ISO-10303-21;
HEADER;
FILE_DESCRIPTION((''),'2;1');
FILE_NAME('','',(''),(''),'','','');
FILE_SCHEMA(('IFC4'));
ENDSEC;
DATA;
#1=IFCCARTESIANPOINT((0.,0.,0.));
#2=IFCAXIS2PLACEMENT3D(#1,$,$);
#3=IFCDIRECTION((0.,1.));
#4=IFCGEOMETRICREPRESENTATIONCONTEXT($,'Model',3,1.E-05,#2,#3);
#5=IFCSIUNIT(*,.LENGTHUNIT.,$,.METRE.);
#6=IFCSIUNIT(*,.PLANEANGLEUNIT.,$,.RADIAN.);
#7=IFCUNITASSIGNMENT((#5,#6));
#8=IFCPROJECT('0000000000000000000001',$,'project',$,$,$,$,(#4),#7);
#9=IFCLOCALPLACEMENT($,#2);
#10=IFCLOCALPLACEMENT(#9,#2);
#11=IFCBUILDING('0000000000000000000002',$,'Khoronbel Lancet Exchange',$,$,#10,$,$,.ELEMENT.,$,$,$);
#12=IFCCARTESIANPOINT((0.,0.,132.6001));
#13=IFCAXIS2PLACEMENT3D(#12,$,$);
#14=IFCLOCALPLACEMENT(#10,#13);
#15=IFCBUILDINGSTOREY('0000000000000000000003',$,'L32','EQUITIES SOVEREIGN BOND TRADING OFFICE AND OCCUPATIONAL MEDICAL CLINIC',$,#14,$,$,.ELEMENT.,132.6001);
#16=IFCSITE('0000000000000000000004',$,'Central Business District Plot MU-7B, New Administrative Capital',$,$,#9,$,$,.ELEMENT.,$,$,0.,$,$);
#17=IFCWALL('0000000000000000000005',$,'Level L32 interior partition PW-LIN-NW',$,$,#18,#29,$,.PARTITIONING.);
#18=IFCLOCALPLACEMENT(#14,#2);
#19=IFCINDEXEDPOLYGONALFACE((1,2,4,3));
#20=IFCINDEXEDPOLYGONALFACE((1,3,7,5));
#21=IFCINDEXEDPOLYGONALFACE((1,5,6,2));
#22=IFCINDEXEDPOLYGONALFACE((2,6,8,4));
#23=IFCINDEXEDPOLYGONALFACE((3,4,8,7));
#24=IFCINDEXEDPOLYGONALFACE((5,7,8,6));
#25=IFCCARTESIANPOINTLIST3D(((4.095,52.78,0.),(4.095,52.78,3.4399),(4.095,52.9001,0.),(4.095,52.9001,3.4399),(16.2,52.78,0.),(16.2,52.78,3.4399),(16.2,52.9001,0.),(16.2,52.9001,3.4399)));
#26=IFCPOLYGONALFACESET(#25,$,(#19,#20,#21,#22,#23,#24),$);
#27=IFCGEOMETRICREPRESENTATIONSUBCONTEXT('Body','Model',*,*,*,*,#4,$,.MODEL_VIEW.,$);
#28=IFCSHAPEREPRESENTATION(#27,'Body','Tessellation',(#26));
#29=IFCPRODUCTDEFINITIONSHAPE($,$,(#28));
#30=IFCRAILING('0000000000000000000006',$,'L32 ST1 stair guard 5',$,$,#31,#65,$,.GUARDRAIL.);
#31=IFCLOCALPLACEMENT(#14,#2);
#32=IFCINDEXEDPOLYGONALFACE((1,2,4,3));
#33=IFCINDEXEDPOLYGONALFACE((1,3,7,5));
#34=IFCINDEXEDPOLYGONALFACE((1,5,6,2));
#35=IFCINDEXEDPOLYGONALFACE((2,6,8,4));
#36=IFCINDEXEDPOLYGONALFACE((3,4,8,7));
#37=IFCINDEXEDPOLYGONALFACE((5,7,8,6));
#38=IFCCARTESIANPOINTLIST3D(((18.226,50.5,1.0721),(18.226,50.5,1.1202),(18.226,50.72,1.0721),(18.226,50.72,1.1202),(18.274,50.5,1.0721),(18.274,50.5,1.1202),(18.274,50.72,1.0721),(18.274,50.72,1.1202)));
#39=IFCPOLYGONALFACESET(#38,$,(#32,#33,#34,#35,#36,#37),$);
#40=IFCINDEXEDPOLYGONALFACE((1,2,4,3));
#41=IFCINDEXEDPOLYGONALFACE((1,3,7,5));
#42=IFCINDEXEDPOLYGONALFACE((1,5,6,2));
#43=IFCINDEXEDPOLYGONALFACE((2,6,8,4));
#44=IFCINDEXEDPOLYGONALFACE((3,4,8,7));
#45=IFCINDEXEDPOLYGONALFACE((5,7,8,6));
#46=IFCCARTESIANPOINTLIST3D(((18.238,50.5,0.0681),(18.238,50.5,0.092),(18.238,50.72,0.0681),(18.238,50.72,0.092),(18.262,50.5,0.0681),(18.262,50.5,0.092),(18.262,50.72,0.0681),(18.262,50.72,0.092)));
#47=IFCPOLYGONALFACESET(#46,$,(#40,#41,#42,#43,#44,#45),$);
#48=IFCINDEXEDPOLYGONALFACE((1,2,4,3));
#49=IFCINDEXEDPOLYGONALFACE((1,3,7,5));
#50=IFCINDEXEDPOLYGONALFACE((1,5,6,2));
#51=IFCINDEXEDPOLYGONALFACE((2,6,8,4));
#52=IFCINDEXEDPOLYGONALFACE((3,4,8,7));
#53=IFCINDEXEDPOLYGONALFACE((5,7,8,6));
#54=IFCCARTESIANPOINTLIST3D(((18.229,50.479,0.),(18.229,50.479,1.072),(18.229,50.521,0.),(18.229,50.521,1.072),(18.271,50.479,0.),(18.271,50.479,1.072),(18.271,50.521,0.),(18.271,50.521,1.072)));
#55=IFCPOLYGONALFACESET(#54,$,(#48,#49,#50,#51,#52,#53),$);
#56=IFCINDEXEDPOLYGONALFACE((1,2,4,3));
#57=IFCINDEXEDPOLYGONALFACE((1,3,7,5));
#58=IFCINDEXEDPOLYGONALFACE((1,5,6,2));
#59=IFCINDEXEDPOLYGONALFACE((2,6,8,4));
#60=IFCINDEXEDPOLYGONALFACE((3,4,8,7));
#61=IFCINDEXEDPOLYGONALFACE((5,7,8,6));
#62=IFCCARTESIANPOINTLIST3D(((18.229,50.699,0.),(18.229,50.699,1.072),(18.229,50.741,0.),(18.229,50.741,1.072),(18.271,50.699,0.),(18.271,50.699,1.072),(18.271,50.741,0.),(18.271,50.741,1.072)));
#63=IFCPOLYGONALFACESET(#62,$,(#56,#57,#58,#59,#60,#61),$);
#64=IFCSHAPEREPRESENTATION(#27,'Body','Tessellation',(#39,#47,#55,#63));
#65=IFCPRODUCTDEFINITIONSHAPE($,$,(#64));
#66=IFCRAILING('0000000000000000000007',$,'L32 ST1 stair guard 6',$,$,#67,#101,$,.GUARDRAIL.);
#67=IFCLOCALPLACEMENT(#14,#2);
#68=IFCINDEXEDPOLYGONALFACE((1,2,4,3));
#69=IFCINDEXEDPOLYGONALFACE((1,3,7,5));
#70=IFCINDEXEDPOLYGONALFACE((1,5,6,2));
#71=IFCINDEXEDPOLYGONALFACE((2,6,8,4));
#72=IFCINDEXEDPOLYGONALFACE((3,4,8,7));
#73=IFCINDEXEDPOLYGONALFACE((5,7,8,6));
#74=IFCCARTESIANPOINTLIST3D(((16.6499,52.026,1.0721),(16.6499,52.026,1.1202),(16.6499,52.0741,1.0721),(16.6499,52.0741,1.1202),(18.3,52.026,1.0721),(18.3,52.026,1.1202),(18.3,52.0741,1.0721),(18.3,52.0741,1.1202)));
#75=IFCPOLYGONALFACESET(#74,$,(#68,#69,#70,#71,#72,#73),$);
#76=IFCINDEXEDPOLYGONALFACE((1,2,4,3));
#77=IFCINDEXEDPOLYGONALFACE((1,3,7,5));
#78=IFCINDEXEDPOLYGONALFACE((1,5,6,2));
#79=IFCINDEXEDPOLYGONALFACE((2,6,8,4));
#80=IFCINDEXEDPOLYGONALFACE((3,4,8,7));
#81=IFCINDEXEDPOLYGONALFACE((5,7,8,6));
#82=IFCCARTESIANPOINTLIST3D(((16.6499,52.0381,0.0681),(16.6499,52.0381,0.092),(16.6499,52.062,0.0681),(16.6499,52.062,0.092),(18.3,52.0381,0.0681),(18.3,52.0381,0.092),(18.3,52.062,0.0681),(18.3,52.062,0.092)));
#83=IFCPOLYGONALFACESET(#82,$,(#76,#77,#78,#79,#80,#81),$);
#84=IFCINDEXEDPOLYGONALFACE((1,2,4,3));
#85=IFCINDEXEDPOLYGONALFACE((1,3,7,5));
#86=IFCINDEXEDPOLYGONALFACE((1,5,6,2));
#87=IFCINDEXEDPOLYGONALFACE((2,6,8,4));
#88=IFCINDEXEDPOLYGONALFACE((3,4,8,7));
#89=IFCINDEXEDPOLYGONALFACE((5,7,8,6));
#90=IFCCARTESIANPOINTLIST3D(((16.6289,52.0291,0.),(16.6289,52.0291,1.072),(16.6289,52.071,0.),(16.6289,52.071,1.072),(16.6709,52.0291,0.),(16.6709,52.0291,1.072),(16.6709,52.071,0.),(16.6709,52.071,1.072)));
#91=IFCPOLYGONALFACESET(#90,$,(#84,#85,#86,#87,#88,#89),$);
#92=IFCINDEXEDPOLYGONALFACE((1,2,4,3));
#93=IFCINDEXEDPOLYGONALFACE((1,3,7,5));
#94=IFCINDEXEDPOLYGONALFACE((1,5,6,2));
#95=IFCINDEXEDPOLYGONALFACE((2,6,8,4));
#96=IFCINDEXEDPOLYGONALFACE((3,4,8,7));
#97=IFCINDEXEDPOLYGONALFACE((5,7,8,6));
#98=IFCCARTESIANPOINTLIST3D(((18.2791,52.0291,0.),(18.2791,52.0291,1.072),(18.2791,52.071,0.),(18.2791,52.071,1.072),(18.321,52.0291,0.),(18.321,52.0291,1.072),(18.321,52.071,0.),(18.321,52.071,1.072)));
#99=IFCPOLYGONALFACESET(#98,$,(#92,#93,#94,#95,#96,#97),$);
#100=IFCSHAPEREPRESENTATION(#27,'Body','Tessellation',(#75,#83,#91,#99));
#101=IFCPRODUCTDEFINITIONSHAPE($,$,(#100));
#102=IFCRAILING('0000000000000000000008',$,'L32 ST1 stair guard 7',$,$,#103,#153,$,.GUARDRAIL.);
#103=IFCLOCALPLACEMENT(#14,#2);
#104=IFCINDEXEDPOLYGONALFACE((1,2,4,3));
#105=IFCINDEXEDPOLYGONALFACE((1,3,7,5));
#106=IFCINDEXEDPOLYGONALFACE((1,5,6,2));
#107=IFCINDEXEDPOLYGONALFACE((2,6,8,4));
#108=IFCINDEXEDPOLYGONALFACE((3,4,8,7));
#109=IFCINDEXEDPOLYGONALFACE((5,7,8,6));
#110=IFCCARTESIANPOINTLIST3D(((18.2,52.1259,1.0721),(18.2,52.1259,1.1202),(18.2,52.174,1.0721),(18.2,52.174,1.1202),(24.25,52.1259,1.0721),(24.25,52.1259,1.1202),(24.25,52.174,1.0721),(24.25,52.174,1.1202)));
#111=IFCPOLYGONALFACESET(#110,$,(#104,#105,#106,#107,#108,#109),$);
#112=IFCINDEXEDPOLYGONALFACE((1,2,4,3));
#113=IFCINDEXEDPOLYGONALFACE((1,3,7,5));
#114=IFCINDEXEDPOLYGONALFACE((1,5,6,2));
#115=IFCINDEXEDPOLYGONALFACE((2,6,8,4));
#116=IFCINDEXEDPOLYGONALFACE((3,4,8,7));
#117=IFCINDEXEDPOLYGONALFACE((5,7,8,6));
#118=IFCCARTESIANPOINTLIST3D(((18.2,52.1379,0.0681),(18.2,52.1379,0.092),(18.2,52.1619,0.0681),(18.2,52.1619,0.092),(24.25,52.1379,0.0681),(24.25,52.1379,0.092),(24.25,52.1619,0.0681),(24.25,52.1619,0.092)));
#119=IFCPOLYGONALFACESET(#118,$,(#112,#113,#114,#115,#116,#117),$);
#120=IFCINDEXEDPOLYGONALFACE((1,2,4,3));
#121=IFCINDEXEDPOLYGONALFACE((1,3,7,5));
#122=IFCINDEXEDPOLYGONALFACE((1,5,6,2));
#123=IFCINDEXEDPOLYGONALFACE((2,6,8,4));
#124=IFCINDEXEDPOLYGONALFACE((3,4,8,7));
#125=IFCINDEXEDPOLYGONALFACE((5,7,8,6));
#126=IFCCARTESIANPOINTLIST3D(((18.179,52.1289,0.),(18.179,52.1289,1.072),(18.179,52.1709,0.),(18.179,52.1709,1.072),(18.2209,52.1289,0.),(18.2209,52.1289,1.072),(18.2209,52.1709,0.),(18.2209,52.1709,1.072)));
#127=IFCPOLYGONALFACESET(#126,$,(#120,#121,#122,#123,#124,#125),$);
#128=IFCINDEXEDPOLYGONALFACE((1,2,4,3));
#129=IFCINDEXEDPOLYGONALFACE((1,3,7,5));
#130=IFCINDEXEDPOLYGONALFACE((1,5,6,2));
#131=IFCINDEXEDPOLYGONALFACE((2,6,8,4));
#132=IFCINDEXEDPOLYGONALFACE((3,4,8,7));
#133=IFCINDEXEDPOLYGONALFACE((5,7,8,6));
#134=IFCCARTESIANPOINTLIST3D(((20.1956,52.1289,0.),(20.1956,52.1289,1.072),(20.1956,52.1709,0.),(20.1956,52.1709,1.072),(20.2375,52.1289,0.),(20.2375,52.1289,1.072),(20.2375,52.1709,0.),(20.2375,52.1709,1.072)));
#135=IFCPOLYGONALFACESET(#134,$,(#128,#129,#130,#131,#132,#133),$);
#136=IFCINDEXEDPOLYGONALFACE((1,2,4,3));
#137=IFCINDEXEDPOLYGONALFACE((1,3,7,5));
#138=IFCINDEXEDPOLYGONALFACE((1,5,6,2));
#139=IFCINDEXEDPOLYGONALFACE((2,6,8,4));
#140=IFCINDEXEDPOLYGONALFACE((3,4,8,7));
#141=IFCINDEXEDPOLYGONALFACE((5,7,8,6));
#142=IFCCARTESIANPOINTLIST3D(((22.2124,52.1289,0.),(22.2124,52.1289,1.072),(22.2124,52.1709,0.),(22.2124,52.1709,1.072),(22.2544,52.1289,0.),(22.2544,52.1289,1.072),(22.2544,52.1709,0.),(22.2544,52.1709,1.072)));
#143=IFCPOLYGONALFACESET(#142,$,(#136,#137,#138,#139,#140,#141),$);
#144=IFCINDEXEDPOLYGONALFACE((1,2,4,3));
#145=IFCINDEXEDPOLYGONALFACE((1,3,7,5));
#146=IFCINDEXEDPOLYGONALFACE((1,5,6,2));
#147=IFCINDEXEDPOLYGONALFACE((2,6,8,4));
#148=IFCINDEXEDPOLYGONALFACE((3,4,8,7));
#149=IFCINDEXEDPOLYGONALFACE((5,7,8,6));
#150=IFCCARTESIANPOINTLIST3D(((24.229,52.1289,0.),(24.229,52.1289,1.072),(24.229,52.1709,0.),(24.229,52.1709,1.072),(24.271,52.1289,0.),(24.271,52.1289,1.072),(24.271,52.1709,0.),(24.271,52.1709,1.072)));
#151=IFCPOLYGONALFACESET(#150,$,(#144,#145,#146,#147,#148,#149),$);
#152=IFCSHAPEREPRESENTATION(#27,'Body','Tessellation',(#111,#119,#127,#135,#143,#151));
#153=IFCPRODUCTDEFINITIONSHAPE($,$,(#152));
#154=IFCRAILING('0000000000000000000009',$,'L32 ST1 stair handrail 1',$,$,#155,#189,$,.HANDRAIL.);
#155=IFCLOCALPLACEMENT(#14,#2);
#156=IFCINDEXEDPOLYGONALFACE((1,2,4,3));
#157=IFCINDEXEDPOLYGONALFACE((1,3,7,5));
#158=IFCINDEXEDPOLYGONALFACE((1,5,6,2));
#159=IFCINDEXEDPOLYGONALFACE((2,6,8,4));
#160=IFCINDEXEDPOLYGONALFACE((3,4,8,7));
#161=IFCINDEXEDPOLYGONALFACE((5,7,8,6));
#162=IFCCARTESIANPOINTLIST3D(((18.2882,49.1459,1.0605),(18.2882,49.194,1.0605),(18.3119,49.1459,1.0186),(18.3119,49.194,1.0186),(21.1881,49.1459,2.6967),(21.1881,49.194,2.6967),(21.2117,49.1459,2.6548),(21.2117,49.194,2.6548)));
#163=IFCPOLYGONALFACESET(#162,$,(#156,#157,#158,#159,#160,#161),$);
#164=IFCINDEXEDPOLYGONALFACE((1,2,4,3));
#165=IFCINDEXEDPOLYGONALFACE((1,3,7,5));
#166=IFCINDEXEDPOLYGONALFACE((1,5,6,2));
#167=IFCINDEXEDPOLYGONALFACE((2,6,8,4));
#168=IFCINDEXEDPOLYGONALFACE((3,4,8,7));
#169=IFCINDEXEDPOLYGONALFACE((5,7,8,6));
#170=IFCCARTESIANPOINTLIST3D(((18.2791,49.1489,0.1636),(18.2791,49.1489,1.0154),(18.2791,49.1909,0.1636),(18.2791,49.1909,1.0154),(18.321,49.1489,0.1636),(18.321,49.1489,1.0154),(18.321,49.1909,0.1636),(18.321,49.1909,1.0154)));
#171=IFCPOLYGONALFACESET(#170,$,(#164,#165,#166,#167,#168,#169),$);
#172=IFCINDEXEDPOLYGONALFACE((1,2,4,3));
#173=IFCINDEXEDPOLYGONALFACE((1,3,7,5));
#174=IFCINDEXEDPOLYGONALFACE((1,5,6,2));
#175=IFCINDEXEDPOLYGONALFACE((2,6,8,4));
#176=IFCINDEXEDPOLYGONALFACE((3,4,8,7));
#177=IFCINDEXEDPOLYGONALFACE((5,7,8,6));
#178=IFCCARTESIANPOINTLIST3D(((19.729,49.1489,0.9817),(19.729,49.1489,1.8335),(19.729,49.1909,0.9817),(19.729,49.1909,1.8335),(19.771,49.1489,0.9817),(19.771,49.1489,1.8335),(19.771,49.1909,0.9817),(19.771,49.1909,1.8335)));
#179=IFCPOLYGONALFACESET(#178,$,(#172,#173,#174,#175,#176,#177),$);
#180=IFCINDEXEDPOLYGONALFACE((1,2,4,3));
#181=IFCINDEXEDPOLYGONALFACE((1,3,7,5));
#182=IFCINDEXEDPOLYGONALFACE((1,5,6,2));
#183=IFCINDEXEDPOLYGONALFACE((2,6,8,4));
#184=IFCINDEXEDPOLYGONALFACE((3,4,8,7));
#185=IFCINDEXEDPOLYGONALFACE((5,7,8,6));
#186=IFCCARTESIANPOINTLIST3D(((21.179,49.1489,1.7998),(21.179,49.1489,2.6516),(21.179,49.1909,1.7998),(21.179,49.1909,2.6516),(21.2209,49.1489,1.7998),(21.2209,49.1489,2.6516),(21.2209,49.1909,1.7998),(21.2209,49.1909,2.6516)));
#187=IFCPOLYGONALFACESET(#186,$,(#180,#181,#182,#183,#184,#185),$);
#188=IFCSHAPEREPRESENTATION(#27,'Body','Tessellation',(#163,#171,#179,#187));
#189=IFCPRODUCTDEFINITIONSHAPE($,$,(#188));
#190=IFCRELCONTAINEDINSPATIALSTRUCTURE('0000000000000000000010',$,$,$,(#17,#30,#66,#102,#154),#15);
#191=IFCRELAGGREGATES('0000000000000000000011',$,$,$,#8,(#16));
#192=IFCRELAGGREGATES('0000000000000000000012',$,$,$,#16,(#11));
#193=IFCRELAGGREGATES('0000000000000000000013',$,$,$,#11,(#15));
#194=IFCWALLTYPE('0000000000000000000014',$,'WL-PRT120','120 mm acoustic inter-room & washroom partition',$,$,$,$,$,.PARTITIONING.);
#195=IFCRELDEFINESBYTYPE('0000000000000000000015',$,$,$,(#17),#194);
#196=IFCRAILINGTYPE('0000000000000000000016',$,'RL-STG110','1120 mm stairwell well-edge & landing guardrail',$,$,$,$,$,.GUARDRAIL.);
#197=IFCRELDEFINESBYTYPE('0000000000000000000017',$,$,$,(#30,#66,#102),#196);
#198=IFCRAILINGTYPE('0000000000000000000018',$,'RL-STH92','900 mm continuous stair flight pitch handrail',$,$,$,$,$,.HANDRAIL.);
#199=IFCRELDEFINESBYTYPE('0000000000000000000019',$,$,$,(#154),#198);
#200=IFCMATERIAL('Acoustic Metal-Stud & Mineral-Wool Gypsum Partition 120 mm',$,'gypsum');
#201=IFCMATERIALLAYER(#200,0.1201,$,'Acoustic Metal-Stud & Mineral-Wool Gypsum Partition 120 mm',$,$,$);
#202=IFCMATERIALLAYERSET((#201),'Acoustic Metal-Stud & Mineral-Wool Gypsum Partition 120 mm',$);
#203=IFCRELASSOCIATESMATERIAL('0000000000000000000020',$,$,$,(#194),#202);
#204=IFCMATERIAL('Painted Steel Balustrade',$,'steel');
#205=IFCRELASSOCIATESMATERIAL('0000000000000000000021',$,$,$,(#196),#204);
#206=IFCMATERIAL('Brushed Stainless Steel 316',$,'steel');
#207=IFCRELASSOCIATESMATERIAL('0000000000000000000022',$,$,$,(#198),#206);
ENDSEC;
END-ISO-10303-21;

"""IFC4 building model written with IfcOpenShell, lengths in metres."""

from ifc_helpers import new_model, si_unit, direction, frame, frame_2d, origin, origin_2d, place, context, subcontext, project, spatial, rectangle, extrude, material, layer, layer_set, type_object, element, save


model = new_model("IFC4")

# Units and contexts
model_context = context("Model", 3, precision=1e-05, world=origin(), true_north=direction((0.0, 1.0)))
body_context = subcontext(model_context, "Body", "Model", "MODEL_VIEW")
ifc_project = project(units=[si_unit("LENGTHUNIT", "METRE"), si_unit("PLANEANGLEUNIT", "RADIAN")], contexts=[model_context])

# Site, building, storey
site_placement = place(None, origin())
site = spatial("IfcSite", under=ifc_project, at=site_placement, Name="Central Business District Plot MU-7B, New Administrative Capital", CompositionType="ELEMENT", RefElevation=0.0)
building_placement = place(site_placement, origin())
building = spatial("IfcBuilding", under=site, at=building_placement, Name="Khoronbel Lancet Exchange", CompositionType="ELEMENT")
storey_placement = place(building_placement, frame((0.0, 0.0, 132.6001)))
storey = spatial("IfcBuildingStorey", under=building, at=storey_placement, Name="L32", Description="EQUITIES SOVEREIGN BOND TRADING OFFICE AND OCCUPATIONAL MEDICAL CLINIC", CompositionType="ELEMENT", Elevation=132.6001)

# Wall
ifc_material_1 = material(Name="Acoustic Metal-Stud & Mineral-Wool Gypsum Partition 120 mm", Category="gypsum")
ifc_layer_1 = layer(ifc_material_1, 0.1201, Name="Acoustic Metal-Stud & Mineral-Wool Gypsum Partition 120 mm")
ifc_layer_set_1 = layer_set([ifc_layer_1], Name="Acoustic Metal-Stud & Mineral-Wool Gypsum Partition 120 mm")
wall_type_1 = type_object("IfcWallType", Name="WL-PRT120", Description="120 mm acoustic inter-room & washroom partition", PredefinedType="PARTITIONING", material=ifc_layer_set_1)
wall_1_placement = place(storey_placement, frame((4.095, 52.8401, 0.0), z_axis=(0.0, 0.0, 1.0), x_axis=(1.0, 0.0, 0.0)))
element("IfcWall", 1, at=wall_1_placement, inside=storey, type_object=wall_type_1, Name="Level L32 interior partition PW-LIN-NW", PredefinedType="PARTITIONING", context=body_context, shape_type="SweptSolid", body=[
    extrude(rectangle(XDim=12.105, YDim=0.1201, at=frame_2d((6.0525, 0.0))), origin(), (0.0, 0.0, 1.0), 3.4399),
])

# Railings
ifc_material_2 = material(Name="Painted Steel Balustrade", Category="steel")
railing_type_1 = type_object("IfcRailingType", Name="RL-STG110", Description="1120 mm stairwell well-edge & landing guardrail", PredefinedType="GUARDRAIL", material=ifc_material_2)
railing_1_placement = place(storey_placement, frame((18.25, 50.5, 0.0)))
element("IfcRailing", 2, at=railing_1_placement, inside=storey, type_object=railing_type_1, Name="L32 ST1 stair guard 5", PredefinedType="GUARDRAIL", context=body_context, shape_type="SweptSolid", body=[
    extrude(rectangle(XDim=0.0481, YDim=0.0481, at=origin_2d()), frame((0.0, 0.0, 1.0962), z_axis=(0.0, 1.0, 0.0), x_axis=(-1.0, 0.0, 0.0)), (0.0, 0.0, 1.0), 0.22),
    extrude(rectangle(XDim=0.0239, YDim=0.0239, at=origin_2d()), frame((0.0, 0.0, 0.0801), z_axis=(0.0, 1.0, 0.0), x_axis=(-1.0, 0.0, 0.0)), (0.0, 0.0, 1.0), 0.22),
    extrude(rectangle(XDim=0.042, YDim=0.042, at=origin_2d()), origin(), (0.0, 0.0, 1.0), 1.072),
    extrude(rectangle(XDim=0.042, YDim=0.042, at=origin_2d()), frame((0.0, 0.22, 0.0)), (0.0, 0.0, 1.0), 1.072),
])
railing_2_placement = place(storey_placement, frame((16.6499, 52.05, 0.0)))
element("IfcRailing", 3, at=railing_2_placement, inside=storey, type_object=railing_type_1, Name="L32 ST1 stair guard 6", PredefinedType="GUARDRAIL", context=body_context, shape_type="SweptSolid", body=[
    extrude(rectangle(XDim=0.0481, YDim=0.0481, at=origin_2d()), frame((0.0, 0.0, 1.0962), z_axis=(1.0, 0.0, 0.0), x_axis=(0.0, 1.0, 0.0)), (0.0, 0.0, 1.0), 1.6501),
    extrude(rectangle(XDim=0.0239, YDim=0.0239, at=origin_2d()), frame((0.0, 0.0, 0.0801), z_axis=(1.0, 0.0, 0.0), x_axis=(0.0, 1.0, 0.0)), (0.0, 0.0, 1.0), 1.6501),
    extrude(rectangle(XDim=0.042, YDim=0.042, at=origin_2d()), origin(), (0.0, 0.0, 1.0), 1.072),
    extrude(rectangle(XDim=0.042, YDim=0.042, at=origin_2d()), frame((1.6501, 0.0, 0.0)), (0.0, 0.0, 1.0), 1.072),
])
railing_3_placement = place(storey_placement, frame((18.2, 52.1499, 0.0)))
element("IfcRailing", 4, at=railing_3_placement, inside=storey, type_object=railing_type_1, Name="L32 ST1 stair guard 7", PredefinedType="GUARDRAIL", context=body_context, shape_type="SweptSolid", body=[
    extrude(rectangle(XDim=0.0481, YDim=0.0481, at=origin_2d()), frame((0.0, 0.0, 1.0962), z_axis=(1.0, 0.0, 0.0), x_axis=(0.0, 1.0, 0.0)), (0.0, 0.0, 1.0), 6.05),
    extrude(rectangle(XDim=0.0239, YDim=0.0239, at=origin_2d()), frame((0.0, 0.0, 0.0801), z_axis=(1.0, 0.0, 0.0), x_axis=(0.0, 1.0, 0.0)), (0.0, 0.0, 1.0), 6.05),
    extrude(rectangle(XDim=0.042, YDim=0.042, at=origin_2d()), origin(), (0.0, 0.0, 1.0), 1.072),
    extrude(rectangle(XDim=0.042, YDim=0.042, at=origin_2d()), frame((2.0166, 0.0, 0.0)), (0.0, 0.0, 1.0), 1.072),
    extrude(rectangle(XDim=0.042, YDim=0.042, at=origin_2d()), frame((4.0334, 0.0, 0.0)), (0.0, 0.0, 1.0), 1.072),
    extrude(rectangle(XDim=0.042, YDim=0.042, at=origin_2d()), frame((6.05, 0.0, 0.0)), (0.0, 0.0, 1.0), 1.072),
])
ifc_material_3 = material(Name="Brushed Stainless Steel 316", Category="steel")
railing_type_2 = type_object("IfcRailingType", Name="RL-STH92", Description="900 mm continuous stair flight pitch handrail", PredefinedType="HANDRAIL", material=ifc_material_3)
railing_4_placement = place(storey_placement, frame((18.3, 49.1699, 0.1636)))
element("IfcRailing", 5, at=railing_4_placement, inside=storey, type_object=railing_type_2, Name="L32 ST1 stair handrail 1", PredefinedType="HANDRAIL", context=body_context, shape_type="SweptSolid", body=[
    extrude(rectangle(XDim=0.0481, YDim=0.0481, at=origin_2d()), frame((0.0, 0.0, 0.876), z_axis=(0.870929, 0.0, 0.49141), x_axis=(0.0, 1.0, 0.0)), (0.0, 0.0, 1.0), 3.3296),
    extrude(rectangle(XDim=0.042, YDim=0.042, at=origin_2d()), origin(), (0.0, 0.0, 1.0), 0.8518),
    extrude(rectangle(XDim=0.042, YDim=0.042, at=origin_2d()), frame((1.45, 0.0, 0.8181)), (0.0, 0.0, 1.0), 0.8518),
    extrude(rectangle(XDim=0.042, YDim=0.042, at=origin_2d()), frame((2.8999, 0.0, 1.6362)), (0.0, 0.0, 1.0), 0.8518),
])

save(model, "model.ifc")
